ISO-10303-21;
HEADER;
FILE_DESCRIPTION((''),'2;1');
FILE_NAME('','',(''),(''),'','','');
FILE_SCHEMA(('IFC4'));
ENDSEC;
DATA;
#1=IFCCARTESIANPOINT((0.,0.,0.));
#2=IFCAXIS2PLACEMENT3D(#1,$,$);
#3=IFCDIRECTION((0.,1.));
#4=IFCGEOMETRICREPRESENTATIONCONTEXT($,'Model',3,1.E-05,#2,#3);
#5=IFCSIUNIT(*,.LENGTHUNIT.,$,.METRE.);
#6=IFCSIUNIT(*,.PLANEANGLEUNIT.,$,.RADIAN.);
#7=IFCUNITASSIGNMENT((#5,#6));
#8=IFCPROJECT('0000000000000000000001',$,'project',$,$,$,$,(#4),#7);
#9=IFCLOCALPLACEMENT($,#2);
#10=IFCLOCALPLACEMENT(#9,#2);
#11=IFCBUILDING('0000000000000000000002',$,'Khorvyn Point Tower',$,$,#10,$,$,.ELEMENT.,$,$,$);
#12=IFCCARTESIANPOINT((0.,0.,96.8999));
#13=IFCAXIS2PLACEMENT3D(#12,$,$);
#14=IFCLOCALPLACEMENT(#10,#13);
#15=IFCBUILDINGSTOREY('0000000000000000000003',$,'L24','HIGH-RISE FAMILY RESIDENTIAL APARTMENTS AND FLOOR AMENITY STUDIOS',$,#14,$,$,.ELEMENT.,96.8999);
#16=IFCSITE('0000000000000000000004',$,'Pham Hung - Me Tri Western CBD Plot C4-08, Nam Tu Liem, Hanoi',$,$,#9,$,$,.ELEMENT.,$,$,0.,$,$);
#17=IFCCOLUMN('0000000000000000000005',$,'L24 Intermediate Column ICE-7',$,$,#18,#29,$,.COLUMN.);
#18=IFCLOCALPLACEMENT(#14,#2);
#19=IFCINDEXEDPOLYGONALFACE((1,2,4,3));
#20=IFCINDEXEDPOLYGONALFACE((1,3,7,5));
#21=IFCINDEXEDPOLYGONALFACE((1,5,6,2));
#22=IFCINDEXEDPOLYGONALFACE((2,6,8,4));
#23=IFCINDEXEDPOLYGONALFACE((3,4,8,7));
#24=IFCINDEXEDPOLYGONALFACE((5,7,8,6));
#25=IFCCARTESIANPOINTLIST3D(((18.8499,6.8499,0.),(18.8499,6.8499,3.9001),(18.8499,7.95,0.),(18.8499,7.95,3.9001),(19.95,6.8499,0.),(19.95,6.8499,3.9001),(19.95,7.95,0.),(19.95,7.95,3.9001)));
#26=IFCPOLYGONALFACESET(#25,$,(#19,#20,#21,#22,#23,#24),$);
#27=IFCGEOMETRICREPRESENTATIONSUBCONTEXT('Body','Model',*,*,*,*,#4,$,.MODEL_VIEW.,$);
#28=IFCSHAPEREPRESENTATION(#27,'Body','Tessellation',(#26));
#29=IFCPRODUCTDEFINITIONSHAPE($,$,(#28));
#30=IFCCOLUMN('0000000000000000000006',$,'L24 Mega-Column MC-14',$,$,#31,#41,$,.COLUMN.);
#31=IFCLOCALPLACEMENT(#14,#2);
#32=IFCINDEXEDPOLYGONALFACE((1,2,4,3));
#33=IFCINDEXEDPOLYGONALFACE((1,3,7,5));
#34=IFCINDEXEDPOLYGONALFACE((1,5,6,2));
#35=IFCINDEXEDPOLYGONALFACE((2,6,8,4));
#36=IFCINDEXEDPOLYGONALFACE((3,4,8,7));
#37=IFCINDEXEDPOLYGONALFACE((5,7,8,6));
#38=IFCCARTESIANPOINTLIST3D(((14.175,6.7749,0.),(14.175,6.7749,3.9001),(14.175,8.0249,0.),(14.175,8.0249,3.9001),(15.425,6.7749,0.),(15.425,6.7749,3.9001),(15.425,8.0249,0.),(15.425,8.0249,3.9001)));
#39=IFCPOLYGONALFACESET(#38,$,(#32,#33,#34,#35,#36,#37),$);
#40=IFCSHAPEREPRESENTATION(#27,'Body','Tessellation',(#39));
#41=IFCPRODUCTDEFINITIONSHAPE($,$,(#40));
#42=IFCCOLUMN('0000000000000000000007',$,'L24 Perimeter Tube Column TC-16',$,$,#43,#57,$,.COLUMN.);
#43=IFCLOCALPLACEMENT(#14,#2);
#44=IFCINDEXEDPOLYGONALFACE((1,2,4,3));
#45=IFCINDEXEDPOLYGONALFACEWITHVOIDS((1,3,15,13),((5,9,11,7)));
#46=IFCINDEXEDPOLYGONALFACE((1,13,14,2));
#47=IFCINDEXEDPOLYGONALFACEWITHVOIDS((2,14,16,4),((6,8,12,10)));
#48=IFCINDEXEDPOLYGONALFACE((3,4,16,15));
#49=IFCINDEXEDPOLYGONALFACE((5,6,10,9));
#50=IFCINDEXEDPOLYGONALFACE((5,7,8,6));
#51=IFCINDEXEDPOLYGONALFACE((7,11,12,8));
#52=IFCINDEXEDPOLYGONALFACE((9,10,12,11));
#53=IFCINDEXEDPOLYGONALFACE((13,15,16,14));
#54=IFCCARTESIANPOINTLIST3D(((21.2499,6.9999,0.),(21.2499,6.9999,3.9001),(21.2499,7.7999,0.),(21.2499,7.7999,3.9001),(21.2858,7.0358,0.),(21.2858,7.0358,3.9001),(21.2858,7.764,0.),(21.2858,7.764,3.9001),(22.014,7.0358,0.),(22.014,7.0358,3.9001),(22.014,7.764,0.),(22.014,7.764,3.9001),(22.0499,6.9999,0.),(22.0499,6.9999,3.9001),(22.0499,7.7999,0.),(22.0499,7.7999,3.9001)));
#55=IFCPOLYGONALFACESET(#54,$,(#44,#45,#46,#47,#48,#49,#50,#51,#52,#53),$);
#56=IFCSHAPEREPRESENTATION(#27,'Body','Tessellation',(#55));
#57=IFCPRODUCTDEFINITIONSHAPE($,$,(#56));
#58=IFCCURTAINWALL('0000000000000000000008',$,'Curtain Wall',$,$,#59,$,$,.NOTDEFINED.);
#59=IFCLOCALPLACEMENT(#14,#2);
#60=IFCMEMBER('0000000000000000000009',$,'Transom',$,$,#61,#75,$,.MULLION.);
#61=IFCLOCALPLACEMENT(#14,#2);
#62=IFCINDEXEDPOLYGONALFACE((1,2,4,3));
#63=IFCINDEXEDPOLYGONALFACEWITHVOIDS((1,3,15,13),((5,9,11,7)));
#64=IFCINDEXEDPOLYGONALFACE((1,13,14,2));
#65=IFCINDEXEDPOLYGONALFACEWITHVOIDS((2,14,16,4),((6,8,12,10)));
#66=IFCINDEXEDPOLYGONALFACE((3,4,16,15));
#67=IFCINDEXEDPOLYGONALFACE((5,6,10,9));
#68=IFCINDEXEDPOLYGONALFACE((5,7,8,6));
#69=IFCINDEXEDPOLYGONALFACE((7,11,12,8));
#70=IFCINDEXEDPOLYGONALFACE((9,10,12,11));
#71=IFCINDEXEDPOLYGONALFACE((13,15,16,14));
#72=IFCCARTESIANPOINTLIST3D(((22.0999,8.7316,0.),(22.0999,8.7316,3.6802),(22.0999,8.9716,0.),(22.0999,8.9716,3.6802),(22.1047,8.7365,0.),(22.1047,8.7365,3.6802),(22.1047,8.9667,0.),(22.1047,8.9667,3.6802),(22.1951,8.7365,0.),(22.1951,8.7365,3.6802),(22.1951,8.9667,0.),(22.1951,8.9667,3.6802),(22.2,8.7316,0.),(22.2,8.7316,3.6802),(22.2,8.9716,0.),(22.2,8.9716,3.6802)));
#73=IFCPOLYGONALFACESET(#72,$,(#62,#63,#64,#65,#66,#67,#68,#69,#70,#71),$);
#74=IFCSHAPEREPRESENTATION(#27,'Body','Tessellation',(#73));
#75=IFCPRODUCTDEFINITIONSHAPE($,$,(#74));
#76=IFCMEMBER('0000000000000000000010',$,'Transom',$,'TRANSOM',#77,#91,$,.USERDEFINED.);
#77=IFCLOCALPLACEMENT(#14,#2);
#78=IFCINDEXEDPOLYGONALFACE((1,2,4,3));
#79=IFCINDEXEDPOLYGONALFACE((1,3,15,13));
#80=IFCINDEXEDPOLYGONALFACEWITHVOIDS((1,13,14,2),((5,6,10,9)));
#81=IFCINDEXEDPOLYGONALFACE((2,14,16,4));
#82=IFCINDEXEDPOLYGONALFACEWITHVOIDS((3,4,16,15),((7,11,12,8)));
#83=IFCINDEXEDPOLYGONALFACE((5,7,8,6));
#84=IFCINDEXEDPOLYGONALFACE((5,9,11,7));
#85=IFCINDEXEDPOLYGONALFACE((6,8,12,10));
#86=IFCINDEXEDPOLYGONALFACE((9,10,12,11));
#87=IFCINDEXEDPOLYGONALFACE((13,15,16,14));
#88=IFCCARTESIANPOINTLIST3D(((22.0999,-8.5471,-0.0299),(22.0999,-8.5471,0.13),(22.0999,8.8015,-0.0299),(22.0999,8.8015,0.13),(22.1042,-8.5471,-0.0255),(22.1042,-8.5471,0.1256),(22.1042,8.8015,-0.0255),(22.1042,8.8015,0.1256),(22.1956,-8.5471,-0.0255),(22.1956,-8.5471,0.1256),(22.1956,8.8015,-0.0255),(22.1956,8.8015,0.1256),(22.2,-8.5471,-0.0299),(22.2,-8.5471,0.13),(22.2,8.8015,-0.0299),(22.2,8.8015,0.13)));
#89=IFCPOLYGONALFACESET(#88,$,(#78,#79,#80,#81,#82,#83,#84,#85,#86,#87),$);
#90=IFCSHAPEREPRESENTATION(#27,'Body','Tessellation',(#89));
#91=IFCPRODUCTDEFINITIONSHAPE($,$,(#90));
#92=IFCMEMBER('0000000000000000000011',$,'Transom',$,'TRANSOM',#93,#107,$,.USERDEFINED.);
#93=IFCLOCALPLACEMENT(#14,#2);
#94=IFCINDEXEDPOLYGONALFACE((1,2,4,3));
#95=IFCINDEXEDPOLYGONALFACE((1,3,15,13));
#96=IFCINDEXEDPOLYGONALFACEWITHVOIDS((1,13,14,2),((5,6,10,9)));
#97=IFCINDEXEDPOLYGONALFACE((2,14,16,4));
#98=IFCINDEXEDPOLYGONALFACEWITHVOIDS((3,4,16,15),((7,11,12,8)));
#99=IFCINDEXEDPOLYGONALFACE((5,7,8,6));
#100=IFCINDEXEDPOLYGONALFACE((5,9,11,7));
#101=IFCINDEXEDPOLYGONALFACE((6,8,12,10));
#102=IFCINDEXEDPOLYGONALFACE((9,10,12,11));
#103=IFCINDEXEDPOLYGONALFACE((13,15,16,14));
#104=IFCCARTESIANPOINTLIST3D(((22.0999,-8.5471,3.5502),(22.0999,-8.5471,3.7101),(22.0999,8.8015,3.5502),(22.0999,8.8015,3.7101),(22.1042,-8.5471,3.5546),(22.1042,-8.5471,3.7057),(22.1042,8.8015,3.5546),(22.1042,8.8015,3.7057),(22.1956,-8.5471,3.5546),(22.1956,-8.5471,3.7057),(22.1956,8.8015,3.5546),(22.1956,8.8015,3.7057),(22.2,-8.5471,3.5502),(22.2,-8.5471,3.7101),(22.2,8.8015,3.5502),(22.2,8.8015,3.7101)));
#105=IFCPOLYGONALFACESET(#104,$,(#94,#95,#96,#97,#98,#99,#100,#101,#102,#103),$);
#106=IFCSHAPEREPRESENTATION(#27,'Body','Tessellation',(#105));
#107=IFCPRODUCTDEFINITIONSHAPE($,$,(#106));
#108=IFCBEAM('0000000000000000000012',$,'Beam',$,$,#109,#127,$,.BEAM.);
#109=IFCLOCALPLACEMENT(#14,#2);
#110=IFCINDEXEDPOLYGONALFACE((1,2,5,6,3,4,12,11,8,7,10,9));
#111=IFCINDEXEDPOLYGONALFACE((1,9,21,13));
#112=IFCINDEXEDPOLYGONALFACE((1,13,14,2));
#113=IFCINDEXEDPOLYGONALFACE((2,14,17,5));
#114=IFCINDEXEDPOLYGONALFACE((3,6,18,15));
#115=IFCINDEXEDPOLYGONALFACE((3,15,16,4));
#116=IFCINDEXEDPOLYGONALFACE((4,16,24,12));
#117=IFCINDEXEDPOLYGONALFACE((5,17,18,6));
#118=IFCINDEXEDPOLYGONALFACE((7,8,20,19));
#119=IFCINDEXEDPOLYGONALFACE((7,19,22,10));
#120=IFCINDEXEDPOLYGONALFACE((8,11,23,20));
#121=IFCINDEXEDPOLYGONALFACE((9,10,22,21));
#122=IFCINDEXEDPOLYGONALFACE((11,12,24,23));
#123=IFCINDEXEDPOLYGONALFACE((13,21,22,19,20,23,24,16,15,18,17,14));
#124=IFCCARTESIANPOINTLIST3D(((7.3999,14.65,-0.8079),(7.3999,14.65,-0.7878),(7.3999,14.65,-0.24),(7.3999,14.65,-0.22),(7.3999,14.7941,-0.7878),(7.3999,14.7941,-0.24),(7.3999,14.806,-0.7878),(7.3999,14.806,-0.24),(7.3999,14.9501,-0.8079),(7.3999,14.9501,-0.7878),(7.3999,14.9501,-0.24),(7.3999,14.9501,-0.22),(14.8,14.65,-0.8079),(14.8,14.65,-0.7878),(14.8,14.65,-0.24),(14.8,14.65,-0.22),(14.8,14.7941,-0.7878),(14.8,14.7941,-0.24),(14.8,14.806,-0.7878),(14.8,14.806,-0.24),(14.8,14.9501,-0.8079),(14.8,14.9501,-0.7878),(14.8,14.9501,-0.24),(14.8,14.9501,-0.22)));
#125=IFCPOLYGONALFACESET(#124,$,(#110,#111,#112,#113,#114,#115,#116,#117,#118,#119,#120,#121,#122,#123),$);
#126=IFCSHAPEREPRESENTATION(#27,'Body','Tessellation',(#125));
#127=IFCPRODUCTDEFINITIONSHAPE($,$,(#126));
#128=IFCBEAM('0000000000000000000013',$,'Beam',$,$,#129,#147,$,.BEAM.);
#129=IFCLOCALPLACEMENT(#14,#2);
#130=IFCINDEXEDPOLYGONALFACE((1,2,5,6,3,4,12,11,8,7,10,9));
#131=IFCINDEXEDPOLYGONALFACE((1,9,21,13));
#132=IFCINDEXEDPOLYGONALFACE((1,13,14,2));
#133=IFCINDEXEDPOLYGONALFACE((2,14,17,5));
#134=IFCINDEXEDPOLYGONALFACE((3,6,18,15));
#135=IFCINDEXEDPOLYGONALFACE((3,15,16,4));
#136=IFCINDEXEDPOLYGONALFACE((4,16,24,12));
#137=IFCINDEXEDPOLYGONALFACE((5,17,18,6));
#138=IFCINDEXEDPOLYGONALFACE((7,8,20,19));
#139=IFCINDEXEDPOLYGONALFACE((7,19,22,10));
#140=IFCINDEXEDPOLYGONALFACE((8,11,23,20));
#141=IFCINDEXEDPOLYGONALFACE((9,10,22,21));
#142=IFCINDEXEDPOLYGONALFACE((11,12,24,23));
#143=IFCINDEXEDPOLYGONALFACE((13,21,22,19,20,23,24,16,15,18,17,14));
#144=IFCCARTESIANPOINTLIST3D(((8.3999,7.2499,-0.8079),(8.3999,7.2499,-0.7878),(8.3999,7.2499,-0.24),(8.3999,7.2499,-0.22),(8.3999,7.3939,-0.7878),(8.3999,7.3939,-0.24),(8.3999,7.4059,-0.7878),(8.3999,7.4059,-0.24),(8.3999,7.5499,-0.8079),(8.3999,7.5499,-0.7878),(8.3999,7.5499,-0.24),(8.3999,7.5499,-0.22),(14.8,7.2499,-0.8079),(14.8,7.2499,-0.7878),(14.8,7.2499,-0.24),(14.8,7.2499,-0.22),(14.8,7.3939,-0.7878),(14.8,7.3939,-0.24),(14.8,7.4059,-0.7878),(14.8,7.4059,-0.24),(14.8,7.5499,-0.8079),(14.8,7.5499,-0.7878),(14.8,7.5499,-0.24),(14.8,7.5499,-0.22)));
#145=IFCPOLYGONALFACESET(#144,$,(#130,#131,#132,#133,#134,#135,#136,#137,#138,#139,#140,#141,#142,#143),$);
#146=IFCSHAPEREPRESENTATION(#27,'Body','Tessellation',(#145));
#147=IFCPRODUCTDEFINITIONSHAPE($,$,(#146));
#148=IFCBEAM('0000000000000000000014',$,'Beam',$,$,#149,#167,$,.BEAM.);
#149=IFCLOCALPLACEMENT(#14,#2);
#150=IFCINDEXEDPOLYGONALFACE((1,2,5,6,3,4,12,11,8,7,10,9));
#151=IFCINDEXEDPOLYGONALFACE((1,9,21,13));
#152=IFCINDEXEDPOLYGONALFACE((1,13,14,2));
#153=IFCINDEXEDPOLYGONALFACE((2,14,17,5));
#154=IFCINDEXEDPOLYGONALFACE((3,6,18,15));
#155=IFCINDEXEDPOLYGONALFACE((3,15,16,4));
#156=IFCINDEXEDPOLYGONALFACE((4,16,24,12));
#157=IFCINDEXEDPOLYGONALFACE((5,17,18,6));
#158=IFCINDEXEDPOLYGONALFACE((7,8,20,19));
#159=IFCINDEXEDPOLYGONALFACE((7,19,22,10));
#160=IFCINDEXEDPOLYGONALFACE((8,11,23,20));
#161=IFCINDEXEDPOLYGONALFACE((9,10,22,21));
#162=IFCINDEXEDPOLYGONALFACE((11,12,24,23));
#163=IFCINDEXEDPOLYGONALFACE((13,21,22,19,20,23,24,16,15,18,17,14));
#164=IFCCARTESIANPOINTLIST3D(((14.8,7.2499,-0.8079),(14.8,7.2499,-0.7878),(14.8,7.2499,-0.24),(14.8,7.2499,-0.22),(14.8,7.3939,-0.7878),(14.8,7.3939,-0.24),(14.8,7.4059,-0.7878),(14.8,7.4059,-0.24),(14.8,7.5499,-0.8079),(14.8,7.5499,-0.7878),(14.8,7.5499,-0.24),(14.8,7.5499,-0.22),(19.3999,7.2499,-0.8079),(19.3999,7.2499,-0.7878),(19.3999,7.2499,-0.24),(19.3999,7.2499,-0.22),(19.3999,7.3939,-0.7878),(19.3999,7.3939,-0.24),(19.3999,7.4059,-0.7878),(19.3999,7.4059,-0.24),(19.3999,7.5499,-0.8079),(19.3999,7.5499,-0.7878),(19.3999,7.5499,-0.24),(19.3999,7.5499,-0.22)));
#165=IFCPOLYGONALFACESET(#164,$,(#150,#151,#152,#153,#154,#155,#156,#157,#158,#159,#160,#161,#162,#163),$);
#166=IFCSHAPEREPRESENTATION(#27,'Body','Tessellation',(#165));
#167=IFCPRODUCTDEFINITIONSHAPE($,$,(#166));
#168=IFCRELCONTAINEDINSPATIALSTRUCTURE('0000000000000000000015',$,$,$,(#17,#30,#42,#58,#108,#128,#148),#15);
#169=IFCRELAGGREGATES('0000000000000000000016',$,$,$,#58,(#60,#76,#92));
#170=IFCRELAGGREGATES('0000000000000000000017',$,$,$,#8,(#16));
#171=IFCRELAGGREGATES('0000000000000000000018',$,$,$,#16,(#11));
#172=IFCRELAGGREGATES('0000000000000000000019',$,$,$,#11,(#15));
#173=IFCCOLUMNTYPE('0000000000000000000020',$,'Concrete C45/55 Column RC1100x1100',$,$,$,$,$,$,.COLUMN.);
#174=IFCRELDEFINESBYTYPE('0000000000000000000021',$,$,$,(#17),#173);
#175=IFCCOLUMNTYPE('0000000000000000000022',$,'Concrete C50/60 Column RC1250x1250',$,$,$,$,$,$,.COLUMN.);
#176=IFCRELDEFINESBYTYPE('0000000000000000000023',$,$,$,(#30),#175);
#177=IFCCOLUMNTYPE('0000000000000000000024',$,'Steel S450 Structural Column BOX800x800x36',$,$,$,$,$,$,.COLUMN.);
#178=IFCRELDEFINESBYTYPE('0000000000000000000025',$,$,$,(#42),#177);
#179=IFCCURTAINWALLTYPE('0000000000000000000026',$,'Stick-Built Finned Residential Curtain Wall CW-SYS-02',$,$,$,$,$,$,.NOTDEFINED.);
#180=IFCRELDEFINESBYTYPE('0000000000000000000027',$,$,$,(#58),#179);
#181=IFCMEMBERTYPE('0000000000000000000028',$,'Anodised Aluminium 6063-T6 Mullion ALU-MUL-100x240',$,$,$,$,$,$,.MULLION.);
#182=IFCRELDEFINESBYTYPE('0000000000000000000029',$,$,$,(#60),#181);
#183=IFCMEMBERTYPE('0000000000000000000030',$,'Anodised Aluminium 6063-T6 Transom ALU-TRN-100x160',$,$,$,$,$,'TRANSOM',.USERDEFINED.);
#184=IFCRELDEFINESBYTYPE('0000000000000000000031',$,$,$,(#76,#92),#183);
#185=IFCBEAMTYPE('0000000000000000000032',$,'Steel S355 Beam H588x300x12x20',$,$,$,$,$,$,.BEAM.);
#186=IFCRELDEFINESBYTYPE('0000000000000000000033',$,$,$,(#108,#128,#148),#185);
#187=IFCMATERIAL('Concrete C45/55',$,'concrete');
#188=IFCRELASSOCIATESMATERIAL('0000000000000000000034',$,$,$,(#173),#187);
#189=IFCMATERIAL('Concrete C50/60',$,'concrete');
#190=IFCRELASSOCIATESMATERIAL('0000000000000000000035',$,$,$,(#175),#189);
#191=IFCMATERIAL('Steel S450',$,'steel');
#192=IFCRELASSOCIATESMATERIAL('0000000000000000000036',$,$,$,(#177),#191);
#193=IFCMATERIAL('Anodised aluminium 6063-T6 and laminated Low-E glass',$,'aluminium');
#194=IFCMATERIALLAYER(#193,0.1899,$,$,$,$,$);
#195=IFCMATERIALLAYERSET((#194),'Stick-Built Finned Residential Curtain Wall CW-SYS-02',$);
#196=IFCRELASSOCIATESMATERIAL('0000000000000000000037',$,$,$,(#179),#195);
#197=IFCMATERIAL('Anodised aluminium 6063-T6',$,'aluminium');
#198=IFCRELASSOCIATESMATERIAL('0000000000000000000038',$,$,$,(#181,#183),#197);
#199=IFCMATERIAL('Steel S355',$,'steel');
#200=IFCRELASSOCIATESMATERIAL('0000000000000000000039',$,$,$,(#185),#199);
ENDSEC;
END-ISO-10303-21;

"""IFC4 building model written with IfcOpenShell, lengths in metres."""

from ifc_helpers import new_model, si_unit, direction, frame, origin, origin_2d, place, context, subcontext, project, spatial, rectangle, hollow_rectangle, i_section, extrude, material, layer, layer_set, material_profile, profile_set, type_object, element, aggregate, save


model = new_model("IFC4")

# Units and contexts
model_context = context("Model", 3, precision=1e-05, world=origin(), true_north=direction((0.0, 1.0)))
body_context = subcontext(model_context, "Body", "Model", "MODEL_VIEW")
ifc_project = project(units=[si_unit("LENGTHUNIT", "METRE"), si_unit("PLANEANGLEUNIT", "RADIAN")], contexts=[model_context])

# Site, building, storey
site_placement = place(None, origin())
site = spatial("IfcSite", under=ifc_project, at=site_placement, Name="Pham Hung - Me Tri Western CBD Plot C4-08, Nam Tu Liem, Hanoi", CompositionType="ELEMENT", RefElevation=0.0)
building_placement = place(site_placement, origin())
building = spatial("IfcBuilding", under=site, at=building_placement, Name="Khorvyn Point Tower", CompositionType="ELEMENT")
storey_placement = place(building_placement, frame((0.0, 0.0, 96.8999)))
storey = spatial("IfcBuildingStorey", under=building, at=storey_placement, Name="L24", Description="HIGH-RISE FAMILY RESIDENTIAL APARTMENTS AND FLOOR AMENITY STUDIOS", CompositionType="ELEMENT", Elevation=96.8999)

# Columns
ifc_material_1 = material(Name="Concrete C45/55", Category="concrete")
ifc_material_profile_1 = material_profile(ifc_material_1, rectangle(XDim=1.1001, YDim=1.1001, at=origin_2d()))
ifc_profile_set_1 = profile_set([ifc_material_profile_1], Name="Concrete C45/55 RC1100x1100")
column_type_1 = type_object("IfcColumnType", Name="Concrete C45/55 Column RC1100x1100", PredefinedType="COLUMN", material=ifc_profile_set_1)
column_1_placement = place(storey_placement, frame((19.3999, 7.3999, 0.0), z_axis=(0.0, 0.0, 1.0), x_axis=(1.0, 0.0, 0.0)))
element("IfcColumn", 1, at=column_1_placement, inside=storey, type_object=column_type_1, Name="L24 Intermediate Column ICE-7", PredefinedType="COLUMN", context=body_context, shape_type="SweptSolid", body=[
    extrude(rectangle(XDim=1.1001, YDim=1.1001, at=origin_2d()), origin(), (0.0, 0.0, 1.0), 3.9001),
])
ifc_material_2 = material(Name="Concrete C50/60", Category="concrete")
ifc_material_profile_2 = material_profile(ifc_material_2, rectangle(XDim=1.25, YDim=1.25, at=origin_2d()))
ifc_profile_set_2 = profile_set([ifc_material_profile_2], Name="Concrete C50/60 RC1250x1250")
column_type_2 = type_object("IfcColumnType", Name="Concrete C50/60 Column RC1250x1250", PredefinedType="COLUMN", material=ifc_profile_set_2)
column_2_placement = place(storey_placement, frame((14.8, 7.3999, 0.0), z_axis=(0.0, 0.0, 1.0), x_axis=(1.0, 0.0, 0.0)))
element("IfcColumn", 2, at=column_2_placement, inside=storey, type_object=column_type_2, Name="L24 Mega-Column MC-14", PredefinedType="COLUMN", context=body_context, shape_type="SweptSolid", body=[
    extrude(rectangle(XDim=1.25, YDim=1.25, at=origin_2d()), origin(), (0.0, 0.0, 1.0), 3.9001),
])
ifc_material_3 = material(Name="Steel S450", Category="steel")
ifc_material_profile_3 = material_profile(ifc_material_3, hollow_rectangle(XDim=0.8, YDim=0.8, WallThickness=0.0359, at=origin_2d()))
ifc_profile_set_3 = profile_set([ifc_material_profile_3], Name="Steel S450 BOX800x800x36")
column_type_3 = type_object("IfcColumnType", Name="Steel S450 Structural Column BOX800x800x36", PredefinedType="COLUMN", material=ifc_profile_set_3)
column_3_placement = place(storey_placement, frame((21.6499, 7.3999, 0.0), z_axis=(0.0, 0.0, 1.0), x_axis=(1.0, 0.0, 0.0)))
element("IfcColumn", 3, at=column_3_placement, inside=storey, type_object=column_type_3, Name="L24 Perimeter Tube Column TC-16", PredefinedType="COLUMN", context=body_context, shape_type="SweptSolid", body=[
    extrude(hollow_rectangle(XDim=0.8, YDim=0.8, WallThickness=0.0359, at=origin_2d()), origin(), (0.0, 0.0, 1.0), 3.9001),
])

# Curtain wall, members
ifc_material_4 = material(Name="Anodised aluminium 6063-T6 and laminated Low-E glass", Category="aluminium")
ifc_layer_1 = layer(ifc_material_4, 0.1899)
ifc_layer_set_1 = layer_set([ifc_layer_1], Name="Stick-Built Finned Residential Curtain Wall CW-SYS-02")
curtain_wall_type = type_object("IfcCurtainWallType", Name="Stick-Built Finned Residential Curtain Wall CW-SYS-02", PredefinedType="NOTDEFINED", material=ifc_layer_set_1)
curtain_wall_placement = place(storey_placement, origin())
curtain_wall = element("IfcCurtainWall", 4, at=curtain_wall_placement, inside=storey, type_object=curtain_wall_type, Name="Curtain Wall", PredefinedType="NOTDEFINED")
ifc_material_5 = material(Name="Anodised aluminium 6063-T6", Category="aluminium")
ifc_material_profile_4 = material_profile(ifc_material_5, hollow_rectangle(XDim=0.1001, YDim=0.24, WallThickness=0.0049, at=origin_2d()))
ifc_profile_set_4 = profile_set([ifc_material_profile_4], Name="Anodised aluminium 6063-T6 ALU-MUL-100x240")
member_type_1 = type_object("IfcMemberType", Name="Anodised Aluminium 6063-T6 Mullion ALU-MUL-100x240", PredefinedType="MULLION", material=ifc_profile_set_4)
member_1_placement = place(storey_placement, frame((22.1499, 8.8516, 0.0), z_axis=(0.0, 0.0, 1.0), x_axis=(1.0, 0.0, 0.0)))
member_1 = element("IfcMember", 5, at=member_1_placement, type_object=member_type_1, Name="Transom", PredefinedType="MULLION", context=body_context, shape_type="SweptSolid", body=[
    extrude(hollow_rectangle(XDim=0.1001, YDim=0.24, WallThickness=0.0049, at=origin_2d()), origin(), (0.0, 0.0, 1.0), 3.6802),
])
ifc_material_profile_5 = material_profile(ifc_material_5, hollow_rectangle(XDim=0.1001, YDim=0.1599, WallThickness=0.0044, at=origin_2d()))
ifc_profile_set_5 = profile_set([ifc_material_profile_5], Name="Anodised aluminium 6063-T6 ALU-TRN-100x160")
member_type_2 = type_object("IfcMemberType", Name="Anodised Aluminium 6063-T6 Transom ALU-TRN-100x160", ElementType="TRANSOM", PredefinedType="USERDEFINED", material=ifc_profile_set_5)
member_2_placement = place(storey_placement, frame((22.1499, 8.8015, 0.05), z_axis=(0.0, -1.0, 0.0), x_axis=(1.0, 0.0, 0.0)))
member_2 = element("IfcMember", 6, at=member_2_placement, type_object=member_type_2, Name="Transom", ObjectType="TRANSOM", PredefinedType="USERDEFINED", context=body_context, shape_type="SweptSolid", body=[
    extrude(hollow_rectangle(XDim=0.1001, YDim=0.1599, WallThickness=0.0044, at=origin_2d()), origin(), (0.0, 0.0, 1.0), 17.3486),
])
member_3_placement = place(storey_placement, frame((22.1499, 8.8015, 3.6301), z_axis=(0.0, -1.0, 0.0), x_axis=(1.0, 0.0, 0.0)))
member_3 = element("IfcMember", 7, at=member_3_placement, type_object=member_type_2, Name="Transom", ObjectType="TRANSOM", PredefinedType="USERDEFINED", context=body_context, shape_type="SweptSolid", body=[
    extrude(hollow_rectangle(XDim=0.1001, YDim=0.1599, WallThickness=0.0044, at=origin_2d()), origin(), (0.0, 0.0, 1.0), 17.3486),
])

# Beams
ifc_material_6 = material(Name="Steel S355", Category="steel")
ifc_material_profile_6 = material_profile(ifc_material_6, i_section(OverallWidth=0.3, OverallDepth=0.5879, WebThickness=0.012, FlangeThickness=0.02, at=origin_2d()))
ifc_profile_set_6 = profile_set([ifc_material_profile_6], Name="Steel S355 H588x300x12x20")
beam_type_1 = type_object("IfcBeamType", Name="Steel S355 Beam H588x300x12x20", PredefinedType="BEAM", material=ifc_profile_set_6)
beam_1_placement = place(storey_placement, frame((7.3999, 14.8, -0.5139), z_axis=(1.0, 0.0, 0.0), x_axis=(0.0, 1.0, 0.0)))
element("IfcBeam", 8, at=beam_1_placement, inside=storey, type_object=beam_type_1, Name="Beam", PredefinedType="BEAM", context=body_context, shape_type="SweptSolid", body=[
    extrude(i_section(OverallWidth=0.3, OverallDepth=0.5879, WebThickness=0.012, FlangeThickness=0.02, at=origin_2d()), origin(), (0.0, 0.0, 1.0), 7.4001),
])
beam_2_placement = place(storey_placement, frame((8.3999, 7.3999, -0.5139), z_axis=(1.0, 0.0, 0.0), x_axis=(0.0, 1.0, 0.0)))
element("IfcBeam", 9, at=beam_2_placement, inside=storey, type_object=beam_type_1, Name="Beam", PredefinedType="BEAM", context=body_context, shape_type="SweptSolid", body=[
    extrude(i_section(OverallWidth=0.3, OverallDepth=0.5879, WebThickness=0.012, FlangeThickness=0.02, at=origin_2d()), origin(), (0.0, 0.0, 1.0), 6.4001),
])
beam_3_placement = place(storey_placement, frame((14.8, 7.3999, -0.5139), z_axis=(1.0, 0.0, 0.0), x_axis=(0.0, 1.0, 0.0)))
element("IfcBeam", 10, at=beam_3_placement, inside=storey, type_object=beam_type_1, Name="Beam", PredefinedType="BEAM", context=body_context, shape_type="SweptSolid", body=[
    extrude(i_section(OverallWidth=0.3, OverallDepth=0.5879, WebThickness=0.012, FlangeThickness=0.02, at=origin_2d()), origin(), (0.0, 0.0, 1.0), 4.5999),
])

aggregate(curtain_wall, [member_1, member_2, member_3])

save(model, "model.ifc")
